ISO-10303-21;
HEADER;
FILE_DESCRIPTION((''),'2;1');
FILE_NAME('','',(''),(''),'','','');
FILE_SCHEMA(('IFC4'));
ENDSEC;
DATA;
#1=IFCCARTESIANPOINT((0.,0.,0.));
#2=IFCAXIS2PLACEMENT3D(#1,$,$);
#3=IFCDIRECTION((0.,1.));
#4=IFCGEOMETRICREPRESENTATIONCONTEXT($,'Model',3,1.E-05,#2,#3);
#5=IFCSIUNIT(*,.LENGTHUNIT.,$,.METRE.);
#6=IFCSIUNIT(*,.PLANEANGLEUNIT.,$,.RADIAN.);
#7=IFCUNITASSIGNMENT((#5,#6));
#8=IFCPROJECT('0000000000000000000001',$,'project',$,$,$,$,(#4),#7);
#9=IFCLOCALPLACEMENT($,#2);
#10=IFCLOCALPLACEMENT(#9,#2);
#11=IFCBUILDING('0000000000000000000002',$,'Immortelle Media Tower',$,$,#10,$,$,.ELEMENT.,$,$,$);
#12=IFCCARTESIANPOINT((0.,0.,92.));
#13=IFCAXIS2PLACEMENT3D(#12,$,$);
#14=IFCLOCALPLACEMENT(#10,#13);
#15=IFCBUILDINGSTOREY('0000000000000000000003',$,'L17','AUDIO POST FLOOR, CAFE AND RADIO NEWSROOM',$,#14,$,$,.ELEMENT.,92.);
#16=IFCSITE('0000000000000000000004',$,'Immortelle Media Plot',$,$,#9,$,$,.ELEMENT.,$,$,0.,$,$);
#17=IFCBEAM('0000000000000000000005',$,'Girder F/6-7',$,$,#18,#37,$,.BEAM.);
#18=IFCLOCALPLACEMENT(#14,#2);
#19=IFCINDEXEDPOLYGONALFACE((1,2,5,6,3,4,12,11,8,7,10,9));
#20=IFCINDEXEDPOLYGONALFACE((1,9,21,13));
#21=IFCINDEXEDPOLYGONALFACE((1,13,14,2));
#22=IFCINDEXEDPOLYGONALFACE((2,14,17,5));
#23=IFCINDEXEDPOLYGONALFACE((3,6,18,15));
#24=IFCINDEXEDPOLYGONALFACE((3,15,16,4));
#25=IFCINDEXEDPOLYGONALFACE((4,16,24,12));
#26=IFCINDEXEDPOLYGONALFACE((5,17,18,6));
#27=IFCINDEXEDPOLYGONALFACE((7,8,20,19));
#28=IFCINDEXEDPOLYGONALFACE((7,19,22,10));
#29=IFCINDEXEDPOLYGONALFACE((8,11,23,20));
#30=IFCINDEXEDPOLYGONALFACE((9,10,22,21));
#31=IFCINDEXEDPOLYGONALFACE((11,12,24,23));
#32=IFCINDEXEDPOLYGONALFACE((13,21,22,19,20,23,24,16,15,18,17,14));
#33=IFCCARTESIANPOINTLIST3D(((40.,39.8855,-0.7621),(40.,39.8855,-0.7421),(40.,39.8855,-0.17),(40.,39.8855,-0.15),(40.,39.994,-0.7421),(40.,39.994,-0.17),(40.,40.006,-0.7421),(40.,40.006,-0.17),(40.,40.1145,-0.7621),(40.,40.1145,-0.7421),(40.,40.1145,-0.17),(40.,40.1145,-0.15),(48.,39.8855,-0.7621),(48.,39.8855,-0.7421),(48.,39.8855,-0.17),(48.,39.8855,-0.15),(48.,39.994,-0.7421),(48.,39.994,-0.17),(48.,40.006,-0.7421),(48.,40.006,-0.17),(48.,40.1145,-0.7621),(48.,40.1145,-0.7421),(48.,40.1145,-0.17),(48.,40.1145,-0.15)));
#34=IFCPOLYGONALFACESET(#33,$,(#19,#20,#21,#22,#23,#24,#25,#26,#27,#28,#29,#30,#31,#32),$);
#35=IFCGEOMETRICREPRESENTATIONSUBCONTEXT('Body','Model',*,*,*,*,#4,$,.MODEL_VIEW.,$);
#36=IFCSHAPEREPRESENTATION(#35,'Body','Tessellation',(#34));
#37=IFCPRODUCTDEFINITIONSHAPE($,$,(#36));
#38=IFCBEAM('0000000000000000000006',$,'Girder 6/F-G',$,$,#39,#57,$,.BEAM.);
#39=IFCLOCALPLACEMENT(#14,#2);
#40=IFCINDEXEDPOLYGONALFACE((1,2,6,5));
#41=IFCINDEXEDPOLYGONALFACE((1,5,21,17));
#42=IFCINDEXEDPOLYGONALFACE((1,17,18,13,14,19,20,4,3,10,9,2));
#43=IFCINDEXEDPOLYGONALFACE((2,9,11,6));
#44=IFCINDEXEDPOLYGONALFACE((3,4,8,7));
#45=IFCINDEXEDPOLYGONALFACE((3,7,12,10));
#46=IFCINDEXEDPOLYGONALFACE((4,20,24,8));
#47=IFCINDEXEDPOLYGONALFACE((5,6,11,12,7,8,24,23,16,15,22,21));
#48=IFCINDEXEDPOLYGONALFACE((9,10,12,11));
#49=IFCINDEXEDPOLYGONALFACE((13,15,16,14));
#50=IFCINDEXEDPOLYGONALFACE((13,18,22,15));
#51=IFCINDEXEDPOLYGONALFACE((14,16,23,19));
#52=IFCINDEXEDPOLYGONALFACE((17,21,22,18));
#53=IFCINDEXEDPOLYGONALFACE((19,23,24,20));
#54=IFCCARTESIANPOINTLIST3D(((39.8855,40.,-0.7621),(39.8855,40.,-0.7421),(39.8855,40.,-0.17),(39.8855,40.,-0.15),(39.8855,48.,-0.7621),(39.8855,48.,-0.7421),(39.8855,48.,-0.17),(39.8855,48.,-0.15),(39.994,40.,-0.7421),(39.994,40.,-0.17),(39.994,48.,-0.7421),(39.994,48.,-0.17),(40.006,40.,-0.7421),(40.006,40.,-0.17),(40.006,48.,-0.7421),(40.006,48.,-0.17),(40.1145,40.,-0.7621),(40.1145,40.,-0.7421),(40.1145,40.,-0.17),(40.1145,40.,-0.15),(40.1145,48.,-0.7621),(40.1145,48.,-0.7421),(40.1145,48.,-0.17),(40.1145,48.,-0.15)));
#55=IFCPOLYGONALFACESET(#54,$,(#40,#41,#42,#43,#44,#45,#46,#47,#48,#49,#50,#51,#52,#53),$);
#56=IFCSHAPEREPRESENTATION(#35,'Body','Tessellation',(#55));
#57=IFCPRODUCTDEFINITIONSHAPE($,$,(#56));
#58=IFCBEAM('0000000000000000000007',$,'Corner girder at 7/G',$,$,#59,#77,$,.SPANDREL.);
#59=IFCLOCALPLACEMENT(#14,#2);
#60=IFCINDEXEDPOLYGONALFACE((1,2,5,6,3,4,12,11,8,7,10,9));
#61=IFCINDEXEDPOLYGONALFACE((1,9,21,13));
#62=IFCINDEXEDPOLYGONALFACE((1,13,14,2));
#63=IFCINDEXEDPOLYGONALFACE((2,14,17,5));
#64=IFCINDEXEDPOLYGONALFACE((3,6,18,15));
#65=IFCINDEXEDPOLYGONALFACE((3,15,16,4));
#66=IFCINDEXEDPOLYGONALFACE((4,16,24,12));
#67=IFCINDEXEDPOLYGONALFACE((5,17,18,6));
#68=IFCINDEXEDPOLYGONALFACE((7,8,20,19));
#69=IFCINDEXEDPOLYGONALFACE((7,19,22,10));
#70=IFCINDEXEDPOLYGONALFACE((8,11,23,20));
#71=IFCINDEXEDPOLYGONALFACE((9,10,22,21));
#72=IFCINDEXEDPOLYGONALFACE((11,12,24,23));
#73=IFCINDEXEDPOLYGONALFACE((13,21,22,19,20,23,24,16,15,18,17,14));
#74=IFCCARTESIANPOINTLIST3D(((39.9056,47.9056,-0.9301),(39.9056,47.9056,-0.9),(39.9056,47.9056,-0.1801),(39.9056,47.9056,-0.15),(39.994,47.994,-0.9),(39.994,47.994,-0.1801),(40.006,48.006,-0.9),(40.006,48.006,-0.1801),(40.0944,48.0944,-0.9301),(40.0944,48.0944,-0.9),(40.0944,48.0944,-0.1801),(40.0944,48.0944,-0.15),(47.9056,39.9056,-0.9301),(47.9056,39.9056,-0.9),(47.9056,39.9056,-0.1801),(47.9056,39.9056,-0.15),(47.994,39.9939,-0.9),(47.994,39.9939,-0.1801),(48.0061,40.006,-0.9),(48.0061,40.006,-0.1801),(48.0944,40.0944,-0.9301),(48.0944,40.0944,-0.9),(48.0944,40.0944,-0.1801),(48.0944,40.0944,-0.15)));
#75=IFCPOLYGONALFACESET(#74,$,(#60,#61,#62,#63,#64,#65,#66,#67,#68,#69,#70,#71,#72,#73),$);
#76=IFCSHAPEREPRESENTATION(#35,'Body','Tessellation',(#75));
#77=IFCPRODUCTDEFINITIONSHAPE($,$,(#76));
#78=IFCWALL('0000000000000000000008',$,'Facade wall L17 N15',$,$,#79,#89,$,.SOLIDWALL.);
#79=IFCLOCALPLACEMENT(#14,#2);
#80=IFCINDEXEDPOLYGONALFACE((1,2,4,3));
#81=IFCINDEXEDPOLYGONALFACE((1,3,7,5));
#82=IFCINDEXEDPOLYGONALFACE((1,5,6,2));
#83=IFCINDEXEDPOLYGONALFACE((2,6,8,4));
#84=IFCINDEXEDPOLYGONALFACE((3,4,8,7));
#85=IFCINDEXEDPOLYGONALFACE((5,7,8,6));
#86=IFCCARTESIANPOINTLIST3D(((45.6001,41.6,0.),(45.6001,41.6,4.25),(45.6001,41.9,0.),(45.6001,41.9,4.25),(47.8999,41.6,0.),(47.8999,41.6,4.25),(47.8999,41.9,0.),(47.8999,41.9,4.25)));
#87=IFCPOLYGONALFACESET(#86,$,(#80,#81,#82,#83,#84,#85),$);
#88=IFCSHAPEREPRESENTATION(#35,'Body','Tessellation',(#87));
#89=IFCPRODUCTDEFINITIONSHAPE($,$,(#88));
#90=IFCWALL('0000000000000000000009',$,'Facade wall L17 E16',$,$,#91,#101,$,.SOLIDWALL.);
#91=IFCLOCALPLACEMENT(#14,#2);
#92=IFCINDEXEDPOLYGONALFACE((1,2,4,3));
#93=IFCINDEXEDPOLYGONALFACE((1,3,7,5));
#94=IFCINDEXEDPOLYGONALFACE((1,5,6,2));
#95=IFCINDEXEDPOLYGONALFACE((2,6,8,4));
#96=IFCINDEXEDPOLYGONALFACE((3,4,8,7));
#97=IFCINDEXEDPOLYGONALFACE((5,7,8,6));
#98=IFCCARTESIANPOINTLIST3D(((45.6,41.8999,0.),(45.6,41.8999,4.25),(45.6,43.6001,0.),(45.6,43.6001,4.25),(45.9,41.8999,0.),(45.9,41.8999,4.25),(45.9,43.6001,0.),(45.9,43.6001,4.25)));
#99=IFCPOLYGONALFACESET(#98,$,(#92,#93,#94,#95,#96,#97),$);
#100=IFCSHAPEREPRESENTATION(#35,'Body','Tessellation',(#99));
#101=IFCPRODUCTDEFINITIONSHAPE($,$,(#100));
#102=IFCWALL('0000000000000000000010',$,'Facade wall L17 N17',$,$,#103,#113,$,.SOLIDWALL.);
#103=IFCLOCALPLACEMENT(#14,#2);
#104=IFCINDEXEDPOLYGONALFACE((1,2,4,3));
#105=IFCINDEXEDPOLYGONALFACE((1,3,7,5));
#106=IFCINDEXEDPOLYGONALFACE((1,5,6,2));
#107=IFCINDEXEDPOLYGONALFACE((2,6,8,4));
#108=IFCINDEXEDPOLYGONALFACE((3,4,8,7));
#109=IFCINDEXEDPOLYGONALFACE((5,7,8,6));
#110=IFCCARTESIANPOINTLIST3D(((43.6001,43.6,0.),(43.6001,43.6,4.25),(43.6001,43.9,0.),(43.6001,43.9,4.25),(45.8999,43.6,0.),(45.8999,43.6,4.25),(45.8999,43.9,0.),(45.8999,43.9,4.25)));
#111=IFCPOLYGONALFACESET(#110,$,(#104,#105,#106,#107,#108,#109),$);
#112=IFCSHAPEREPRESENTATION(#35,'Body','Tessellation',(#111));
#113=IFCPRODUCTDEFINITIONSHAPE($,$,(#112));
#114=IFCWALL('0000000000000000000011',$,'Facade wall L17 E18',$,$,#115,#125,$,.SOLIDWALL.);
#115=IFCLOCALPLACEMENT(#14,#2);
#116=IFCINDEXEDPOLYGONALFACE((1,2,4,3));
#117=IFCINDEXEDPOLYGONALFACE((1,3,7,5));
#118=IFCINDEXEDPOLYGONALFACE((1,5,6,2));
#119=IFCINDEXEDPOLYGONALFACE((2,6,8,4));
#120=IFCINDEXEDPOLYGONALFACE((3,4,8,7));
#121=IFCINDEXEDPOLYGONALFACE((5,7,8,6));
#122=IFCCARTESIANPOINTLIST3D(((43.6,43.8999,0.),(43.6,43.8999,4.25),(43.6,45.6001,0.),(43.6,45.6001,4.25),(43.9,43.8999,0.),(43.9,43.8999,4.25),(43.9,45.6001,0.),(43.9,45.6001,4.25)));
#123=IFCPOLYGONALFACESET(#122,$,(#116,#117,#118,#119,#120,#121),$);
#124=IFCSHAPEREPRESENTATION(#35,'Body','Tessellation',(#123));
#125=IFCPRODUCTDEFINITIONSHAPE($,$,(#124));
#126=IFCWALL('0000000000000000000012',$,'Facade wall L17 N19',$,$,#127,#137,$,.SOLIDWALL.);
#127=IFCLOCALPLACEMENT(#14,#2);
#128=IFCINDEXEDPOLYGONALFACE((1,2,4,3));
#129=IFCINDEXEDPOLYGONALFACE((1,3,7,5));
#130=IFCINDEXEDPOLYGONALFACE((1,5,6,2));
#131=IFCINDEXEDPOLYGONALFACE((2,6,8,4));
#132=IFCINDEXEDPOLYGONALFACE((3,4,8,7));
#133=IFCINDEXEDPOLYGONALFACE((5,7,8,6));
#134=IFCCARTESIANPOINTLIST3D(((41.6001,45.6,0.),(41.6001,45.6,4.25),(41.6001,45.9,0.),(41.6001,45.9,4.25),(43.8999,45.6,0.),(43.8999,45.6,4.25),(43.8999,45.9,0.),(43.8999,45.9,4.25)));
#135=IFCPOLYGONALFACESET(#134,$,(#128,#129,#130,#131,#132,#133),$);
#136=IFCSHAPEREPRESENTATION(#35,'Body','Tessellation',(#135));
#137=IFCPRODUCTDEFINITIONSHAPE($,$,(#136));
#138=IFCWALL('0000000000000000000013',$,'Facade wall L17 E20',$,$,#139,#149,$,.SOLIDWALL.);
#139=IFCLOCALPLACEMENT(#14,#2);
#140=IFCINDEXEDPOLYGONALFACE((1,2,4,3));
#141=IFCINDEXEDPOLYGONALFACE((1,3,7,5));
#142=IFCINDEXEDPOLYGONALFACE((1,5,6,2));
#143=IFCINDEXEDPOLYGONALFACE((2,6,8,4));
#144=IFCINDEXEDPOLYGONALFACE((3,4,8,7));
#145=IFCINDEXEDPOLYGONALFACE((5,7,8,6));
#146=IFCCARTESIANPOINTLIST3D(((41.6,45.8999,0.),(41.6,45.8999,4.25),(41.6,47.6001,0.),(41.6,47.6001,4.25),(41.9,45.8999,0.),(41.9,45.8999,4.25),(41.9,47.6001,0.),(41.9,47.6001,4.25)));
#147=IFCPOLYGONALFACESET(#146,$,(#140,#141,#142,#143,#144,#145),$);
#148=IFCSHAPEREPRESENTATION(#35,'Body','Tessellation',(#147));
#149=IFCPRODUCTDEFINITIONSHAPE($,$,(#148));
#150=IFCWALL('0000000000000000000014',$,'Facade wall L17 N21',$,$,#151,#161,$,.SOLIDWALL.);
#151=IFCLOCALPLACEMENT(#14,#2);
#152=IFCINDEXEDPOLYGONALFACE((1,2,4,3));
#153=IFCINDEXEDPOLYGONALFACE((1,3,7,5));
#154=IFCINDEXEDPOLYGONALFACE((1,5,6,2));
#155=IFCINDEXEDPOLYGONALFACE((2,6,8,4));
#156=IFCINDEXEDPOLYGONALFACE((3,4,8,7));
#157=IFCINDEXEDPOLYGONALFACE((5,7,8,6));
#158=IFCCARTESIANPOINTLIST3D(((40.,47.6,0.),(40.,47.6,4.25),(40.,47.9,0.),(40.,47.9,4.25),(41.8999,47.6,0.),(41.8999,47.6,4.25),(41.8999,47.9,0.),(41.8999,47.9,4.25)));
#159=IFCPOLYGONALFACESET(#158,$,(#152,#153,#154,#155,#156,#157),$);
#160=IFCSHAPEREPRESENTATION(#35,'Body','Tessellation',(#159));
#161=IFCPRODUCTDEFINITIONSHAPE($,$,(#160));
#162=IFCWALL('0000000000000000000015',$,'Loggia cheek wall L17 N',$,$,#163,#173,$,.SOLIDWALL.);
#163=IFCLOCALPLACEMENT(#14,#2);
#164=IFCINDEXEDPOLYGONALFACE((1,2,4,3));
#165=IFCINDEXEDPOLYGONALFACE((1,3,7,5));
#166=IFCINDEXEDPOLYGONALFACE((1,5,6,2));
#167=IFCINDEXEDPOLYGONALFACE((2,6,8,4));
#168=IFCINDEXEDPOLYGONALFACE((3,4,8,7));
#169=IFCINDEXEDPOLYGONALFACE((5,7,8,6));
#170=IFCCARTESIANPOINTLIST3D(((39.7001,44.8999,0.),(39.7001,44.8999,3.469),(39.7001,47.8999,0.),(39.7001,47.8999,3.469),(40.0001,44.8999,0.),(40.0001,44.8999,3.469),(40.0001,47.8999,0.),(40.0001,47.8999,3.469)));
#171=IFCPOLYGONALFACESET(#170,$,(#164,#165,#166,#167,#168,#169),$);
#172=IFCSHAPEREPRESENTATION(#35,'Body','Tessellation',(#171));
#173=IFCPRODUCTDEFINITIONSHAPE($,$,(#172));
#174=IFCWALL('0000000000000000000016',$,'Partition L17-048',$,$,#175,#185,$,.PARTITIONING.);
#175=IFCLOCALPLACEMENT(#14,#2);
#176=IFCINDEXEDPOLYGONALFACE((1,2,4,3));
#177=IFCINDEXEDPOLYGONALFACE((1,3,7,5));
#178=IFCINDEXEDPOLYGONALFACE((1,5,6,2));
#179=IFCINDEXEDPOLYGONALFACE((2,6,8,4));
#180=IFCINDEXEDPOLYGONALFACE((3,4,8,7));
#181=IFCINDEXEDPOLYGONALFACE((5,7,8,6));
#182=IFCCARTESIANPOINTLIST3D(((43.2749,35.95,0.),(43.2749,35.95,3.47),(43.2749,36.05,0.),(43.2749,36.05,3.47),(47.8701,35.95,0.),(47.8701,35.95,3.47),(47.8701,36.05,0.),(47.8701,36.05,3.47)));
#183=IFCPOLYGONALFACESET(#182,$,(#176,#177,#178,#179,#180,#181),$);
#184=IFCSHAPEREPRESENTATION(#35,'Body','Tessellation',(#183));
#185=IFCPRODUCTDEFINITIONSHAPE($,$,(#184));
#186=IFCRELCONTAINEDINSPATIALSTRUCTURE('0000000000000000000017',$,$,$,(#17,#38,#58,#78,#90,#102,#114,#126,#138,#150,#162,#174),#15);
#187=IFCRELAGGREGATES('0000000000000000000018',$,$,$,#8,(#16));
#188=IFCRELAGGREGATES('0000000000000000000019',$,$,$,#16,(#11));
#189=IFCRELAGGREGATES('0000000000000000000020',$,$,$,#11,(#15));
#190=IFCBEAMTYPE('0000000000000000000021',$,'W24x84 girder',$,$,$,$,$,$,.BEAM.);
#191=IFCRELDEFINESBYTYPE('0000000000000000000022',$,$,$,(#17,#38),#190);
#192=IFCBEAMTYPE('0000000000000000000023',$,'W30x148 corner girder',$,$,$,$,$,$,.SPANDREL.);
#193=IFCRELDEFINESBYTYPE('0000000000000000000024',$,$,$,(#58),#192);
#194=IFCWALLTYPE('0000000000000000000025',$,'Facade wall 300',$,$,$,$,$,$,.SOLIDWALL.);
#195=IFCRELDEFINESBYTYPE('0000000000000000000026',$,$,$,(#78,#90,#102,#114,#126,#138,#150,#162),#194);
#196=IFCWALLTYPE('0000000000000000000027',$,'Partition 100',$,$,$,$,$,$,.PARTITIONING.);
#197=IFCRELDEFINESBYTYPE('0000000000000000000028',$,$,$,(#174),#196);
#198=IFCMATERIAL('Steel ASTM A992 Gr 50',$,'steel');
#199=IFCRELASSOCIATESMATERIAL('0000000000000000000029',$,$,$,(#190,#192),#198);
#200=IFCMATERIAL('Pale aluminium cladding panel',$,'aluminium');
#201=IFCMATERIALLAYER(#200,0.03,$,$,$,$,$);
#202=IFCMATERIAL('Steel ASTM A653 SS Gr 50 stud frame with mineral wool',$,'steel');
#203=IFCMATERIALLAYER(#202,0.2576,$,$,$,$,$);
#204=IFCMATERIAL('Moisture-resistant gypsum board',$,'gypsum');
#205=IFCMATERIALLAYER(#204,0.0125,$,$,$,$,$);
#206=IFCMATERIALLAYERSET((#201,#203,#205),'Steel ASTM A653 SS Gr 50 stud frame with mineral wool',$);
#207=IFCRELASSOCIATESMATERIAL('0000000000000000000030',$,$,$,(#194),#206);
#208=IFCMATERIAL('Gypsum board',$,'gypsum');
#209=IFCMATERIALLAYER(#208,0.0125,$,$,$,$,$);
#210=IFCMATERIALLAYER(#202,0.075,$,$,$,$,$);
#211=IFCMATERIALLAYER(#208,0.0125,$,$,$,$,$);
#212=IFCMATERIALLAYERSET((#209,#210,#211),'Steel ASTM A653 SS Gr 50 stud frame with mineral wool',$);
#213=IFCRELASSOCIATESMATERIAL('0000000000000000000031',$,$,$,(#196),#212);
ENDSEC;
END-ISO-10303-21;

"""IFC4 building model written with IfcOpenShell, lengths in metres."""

from ifc_helpers import new_model, si_unit, direction, frame, frame_2d, origin, origin_2d, place, context, subcontext, project, spatial, rectangle, i_section, extrude, material, layer, layer_set, material_profile, profile_set, type_object, element, save


model = new_model("IFC4")

# Units and contexts
model_context = context("Model", 3, precision=1e-05, world=origin(), true_north=direction((0.0, 1.0)))
body_context = subcontext(model_context, "Body", "Model", "MODEL_VIEW")
ifc_project = project(units=[si_unit("LENGTHUNIT", "METRE"), si_unit("PLANEANGLEUNIT", "RADIAN")], contexts=[model_context])

# Site, building, storey
site_placement = place(None, origin())
site = spatial("IfcSite", under=ifc_project, at=site_placement, Name="Immortelle Media Plot", CompositionType="ELEMENT", RefElevation=0.0)
building_placement = place(site_placement, origin())
building = spatial("IfcBuilding", under=site, at=building_placement, Name="Immortelle Media Tower", CompositionType="ELEMENT")
storey_placement = place(building_placement, frame((0.0, 0.0, 92.0)))
storey = spatial("IfcBuildingStorey", under=building, at=storey_placement, Name="L17", Description="AUDIO POST FLOOR, CAFE AND RADIO NEWSROOM", CompositionType="ELEMENT", Elevation=92.0)

# Shared definitions
ifc_material_1 = material(Name="Steel ASTM A992 Gr 50", Category="steel")

# Beams
ifc_material_profile_1 = material_profile(ifc_material_1, i_section(OverallWidth=0.229, OverallDepth=0.6121, WebThickness=0.012, FlangeThickness=0.02, at=origin_2d()), Name="W24x84")
ifc_profile_set_1 = profile_set([ifc_material_profile_1], Name="Steel ASTM A992 Gr 50")
beam_type_1 = type_object("IfcBeamType", Name="W24x84 girder", PredefinedType="BEAM", material=ifc_profile_set_1)
for number, where, z_axis, x_axis, name in (
    (1, (40.0, 40.0, -0.4561), (1.0, 0.0, 0.0), (0.0, 1.0, 0.0), "Girder F/6-7"),
    (2, (40.0, 40.0, -0.4561), (0.0, 1.0, 0.0), (-1.0, 0.0, 0.0), "Girder 6/F-G"),
):
    element("IfcBeam", number, at=place(storey_placement, frame(where, z_axis=z_axis, x_axis=x_axis)), inside=storey, type_object=beam_type_1, Name=name, PredefinedType="BEAM", context=body_context, shape_type="SweptSolid", body=[
        extrude(i_section(OverallWidth=0.229, OverallDepth=0.6121, WebThickness=0.012, FlangeThickness=0.02, at=origin_2d()), origin(), (0.0, 0.0, 1.0), 8.0),
    ])
ifc_material_profile_2 = material_profile(ifc_material_1, i_section(OverallWidth=0.2671, OverallDepth=0.78, WebThickness=0.0171, FlangeThickness=0.03, at=origin_2d()), Name="W30x148")
ifc_profile_set_2 = profile_set([ifc_material_profile_2], Name="Steel ASTM A992 Gr 50")
beam_type_2 = type_object("IfcBeamType", Name="W30x148 corner girder", PredefinedType="SPANDREL", material=ifc_profile_set_2)
beam_1_placement = place(storey_placement, frame((40.0, 48.0, -0.54), z_axis=(0.707107, -0.707107, 0.0), x_axis=(0.707107, 0.707107, 0.0)))
element("IfcBeam", 3, at=beam_1_placement, inside=storey, type_object=beam_type_2, Name="Corner girder at 7/G", PredefinedType="SPANDREL", context=body_context, shape_type="SweptSolid", body=[
    extrude(i_section(OverallWidth=0.2671, OverallDepth=0.78, WebThickness=0.0171, FlangeThickness=0.03, at=origin_2d()), origin(), (0.0, 0.0, 1.0), 11.3137),
])

# Walls
ifc_material_2 = material(Name="Pale aluminium cladding panel", Category="aluminium")
ifc_layer_1 = layer(ifc_material_2, 0.03)
ifc_material_3 = material(Name="Steel ASTM A653 SS Gr 50 stud frame with mineral wool", Category="steel")
ifc_layer_2 = layer(ifc_material_3, 0.2576)
ifc_material_4 = material(Name="Moisture-resistant gypsum board", Category="gypsum")
ifc_layer_3 = layer(ifc_material_4, 0.0125)
ifc_layer_set_1 = layer_set([ifc_layer_1, ifc_layer_2, ifc_layer_3], Name="Steel ASTM A653 SS Gr 50 stud frame with mineral wool")
wall_type_1 = type_object("IfcWallType", Name="Facade wall 300", PredefinedType="SOLIDWALL", material=ifc_layer_set_1)
wall_1_placement = place(storey_placement, frame((47.8999, 41.75, 0.0), z_axis=(0.0, 0.0, 1.0), x_axis=(-1.0, 0.0, 0.0)))
element("IfcWall", 4, at=wall_1_placement, inside=storey, type_object=wall_type_1, Name="Facade wall L17 N15", PredefinedType="SOLIDWALL", context=body_context, shape_type="SweptSolid", body=[
    extrude(rectangle(XDim=2.2998, YDim=0.3, at=frame_2d((1.1499, 0.0))), origin(), (0.0, 0.0, 1.0), 4.25),
])
wall_2_placement = place(storey_placement, frame((45.75, 41.8999, 0.0), z_axis=(0.0, 0.0, 1.0), x_axis=(0.0, 1.0, 0.0)))
element("IfcWall", 5, at=wall_2_placement, inside=storey, type_object=wall_type_1, Name="Facade wall L17 E16", PredefinedType="SOLIDWALL", context=body_context, shape_type="SweptSolid", body=[
    extrude(rectangle(XDim=1.7002, YDim=0.3, at=frame_2d((0.8501, 0.0))), origin(), (0.0, 0.0, 1.0), 4.25),
])
wall_3_placement = place(storey_placement, frame((45.8999, 43.75, 0.0), z_axis=(0.0, 0.0, 1.0), x_axis=(-1.0, 0.0, 0.0)))
element("IfcWall", 6, at=wall_3_placement, inside=storey, type_object=wall_type_1, Name="Facade wall L17 N17", PredefinedType="SOLIDWALL", context=body_context, shape_type="SweptSolid", body=[
    extrude(rectangle(XDim=2.2998, YDim=0.3, at=frame_2d((1.1499, 0.0))), origin(), (0.0, 0.0, 1.0), 4.25),
])
wall_4_placement = place(storey_placement, frame((43.75, 43.8999, 0.0), z_axis=(0.0, 0.0, 1.0), x_axis=(0.0, 1.0, 0.0)))
element("IfcWall", 7, at=wall_4_placement, inside=storey, type_object=wall_type_1, Name="Facade wall L17 E18", PredefinedType="SOLIDWALL", context=body_context, shape_type="SweptSolid", body=[
    extrude(rectangle(XDim=1.7002, YDim=0.3, at=frame_2d((0.8501, 0.0))), origin(), (0.0, 0.0, 1.0), 4.25),
])
wall_5_placement = place(storey_placement, frame((43.8999, 45.75, 0.0), z_axis=(0.0, 0.0, 1.0), x_axis=(-1.0, 0.0, 0.0)))
element("IfcWall", 8, at=wall_5_placement, inside=storey, type_object=wall_type_1, Name="Facade wall L17 N19", PredefinedType="SOLIDWALL", context=body_context, shape_type="SweptSolid", body=[
    extrude(rectangle(XDim=2.2998, YDim=0.3, at=frame_2d((1.1499, 0.0))), origin(), (0.0, 0.0, 1.0), 4.25),
])
wall_6_placement = place(storey_placement, frame((41.75, 45.8999, 0.0), z_axis=(0.0, 0.0, 1.0), x_axis=(0.0, 1.0, 0.0)))
element("IfcWall", 9, at=wall_6_placement, inside=storey, type_object=wall_type_1, Name="Facade wall L17 E20", PredefinedType="SOLIDWALL", context=body_context, shape_type="SweptSolid", body=[
    extrude(rectangle(XDim=1.7002, YDim=0.3, at=frame_2d((0.8501, 0.0))), origin(), (0.0, 0.0, 1.0), 4.25),
])
wall_7_placement = place(storey_placement, frame((41.8999, 47.75, 0.0), z_axis=(0.0, 0.0, 1.0), x_axis=(-1.0, 0.0, 0.0)))
element("IfcWall", 10, at=wall_7_placement, inside=storey, type_object=wall_type_1, Name="Facade wall L17 N21", PredefinedType="SOLIDWALL", context=body_context, shape_type="SweptSolid", body=[
    extrude(rectangle(XDim=1.8999, YDim=0.3, at=frame_2d((0.95, 0.0))), origin(), (0.0, 0.0, 1.0), 4.25),
])

# Walls
wall_8_placement = place(storey_placement, frame((39.8501, 47.8999, 0.0), z_axis=(0.0, 0.0, 1.0), x_axis=(0.0, -1.0, 0.0)))
element("IfcWall", 11, at=wall_8_placement, inside=storey, type_object=wall_type_1, Name="Loggia cheek wall L17 N", PredefinedType="SOLIDWALL", context=body_context, shape_type="SweptSolid", body=[
    extrude(rectangle(XDim=3.0, YDim=0.3, at=frame_2d((1.5, 0.0))), origin(), (0.0, 0.0, 1.0), 3.469),
])
ifc_material_5 = material(Name="Gypsum board", Category="gypsum")
ifc_layer_4 = layer(ifc_material_5, 0.0125)
ifc_layer_5 = layer(ifc_material_3, 0.075)
ifc_layer_6 = layer(ifc_material_5, 0.0125)
ifc_layer_set_2 = layer_set([ifc_layer_4, ifc_layer_5, ifc_layer_6], Name="Steel ASTM A653 SS Gr 50 stud frame with mineral wool")
wall_type_2 = type_object("IfcWallType", Name="Partition 100", PredefinedType="PARTITIONING", material=ifc_layer_set_2)
for number, where, z_axis, x_axis, name in (
    (12, (43.2749, 36.0, 0.0), (0.0, 0.0, 1.0), (1.0, 0.0, 0.0), "Partition L17-048"),
):
    element("IfcWall", number, at=place(storey_placement, frame(where, z_axis=z_axis, x_axis=x_axis)), inside=storey, type_object=wall_type_2, Name=name, PredefinedType="PARTITIONING", context=body_context, shape_type="SweptSolid", body=[
        extrude(rectangle(XDim=4.5952, YDim=0.1001, at=frame_2d((2.2976, 0.0))), origin(), (0.0, 0.0, 1.0), 3.47),
    ])

save(model, "model.ifc")
